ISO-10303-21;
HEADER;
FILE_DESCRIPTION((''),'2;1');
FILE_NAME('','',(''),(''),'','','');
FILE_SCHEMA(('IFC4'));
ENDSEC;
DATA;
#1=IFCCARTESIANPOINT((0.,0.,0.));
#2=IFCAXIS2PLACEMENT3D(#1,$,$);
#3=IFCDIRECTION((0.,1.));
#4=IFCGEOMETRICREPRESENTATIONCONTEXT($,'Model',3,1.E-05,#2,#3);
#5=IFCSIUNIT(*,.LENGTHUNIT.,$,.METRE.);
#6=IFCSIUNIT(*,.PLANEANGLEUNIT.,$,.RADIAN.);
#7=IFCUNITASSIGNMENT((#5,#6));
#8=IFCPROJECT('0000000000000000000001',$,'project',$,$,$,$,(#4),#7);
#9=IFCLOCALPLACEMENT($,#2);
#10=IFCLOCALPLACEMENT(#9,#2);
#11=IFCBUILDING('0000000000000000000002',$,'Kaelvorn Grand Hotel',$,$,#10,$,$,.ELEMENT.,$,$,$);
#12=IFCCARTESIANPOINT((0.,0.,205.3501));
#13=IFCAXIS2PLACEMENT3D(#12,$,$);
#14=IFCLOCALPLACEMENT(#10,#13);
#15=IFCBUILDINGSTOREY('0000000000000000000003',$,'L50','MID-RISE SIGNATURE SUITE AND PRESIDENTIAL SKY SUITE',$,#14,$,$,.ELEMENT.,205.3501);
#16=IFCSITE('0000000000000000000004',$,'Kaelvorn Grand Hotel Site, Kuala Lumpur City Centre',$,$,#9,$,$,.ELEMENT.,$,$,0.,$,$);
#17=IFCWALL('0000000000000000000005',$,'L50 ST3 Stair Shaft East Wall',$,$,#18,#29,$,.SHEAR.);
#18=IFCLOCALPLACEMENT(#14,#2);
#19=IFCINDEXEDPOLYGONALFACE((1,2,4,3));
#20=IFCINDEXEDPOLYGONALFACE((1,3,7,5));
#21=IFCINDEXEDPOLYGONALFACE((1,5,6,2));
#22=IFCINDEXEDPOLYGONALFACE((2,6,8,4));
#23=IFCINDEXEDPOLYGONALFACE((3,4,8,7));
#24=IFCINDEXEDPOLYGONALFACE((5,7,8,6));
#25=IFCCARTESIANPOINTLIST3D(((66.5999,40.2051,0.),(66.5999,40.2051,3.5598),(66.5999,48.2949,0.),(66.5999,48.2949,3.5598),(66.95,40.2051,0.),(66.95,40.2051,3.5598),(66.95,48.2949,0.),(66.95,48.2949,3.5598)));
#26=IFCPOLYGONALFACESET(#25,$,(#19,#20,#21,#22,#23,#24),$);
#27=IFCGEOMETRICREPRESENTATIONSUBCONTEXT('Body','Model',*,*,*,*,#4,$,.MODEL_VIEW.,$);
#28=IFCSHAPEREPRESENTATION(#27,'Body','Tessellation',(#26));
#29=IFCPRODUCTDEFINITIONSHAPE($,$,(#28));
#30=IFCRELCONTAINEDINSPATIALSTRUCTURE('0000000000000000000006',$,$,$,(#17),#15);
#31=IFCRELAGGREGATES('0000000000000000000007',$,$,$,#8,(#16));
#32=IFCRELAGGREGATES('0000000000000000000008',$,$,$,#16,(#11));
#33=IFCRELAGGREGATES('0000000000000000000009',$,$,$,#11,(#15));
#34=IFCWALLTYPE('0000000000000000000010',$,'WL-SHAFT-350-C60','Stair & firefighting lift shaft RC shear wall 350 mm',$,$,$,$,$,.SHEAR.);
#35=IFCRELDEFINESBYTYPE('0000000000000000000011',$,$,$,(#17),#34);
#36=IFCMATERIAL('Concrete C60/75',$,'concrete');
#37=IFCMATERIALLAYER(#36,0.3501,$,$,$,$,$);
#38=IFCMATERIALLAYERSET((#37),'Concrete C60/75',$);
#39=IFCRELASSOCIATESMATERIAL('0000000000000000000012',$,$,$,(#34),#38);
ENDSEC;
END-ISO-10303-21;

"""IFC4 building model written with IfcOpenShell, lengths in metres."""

from ifc_helpers import new_model, si_unit, direction, frame, frame_2d, origin, place, context, subcontext, project, spatial, rectangle, extrude, material, layer, layer_set, type_object, element, save


model = new_model("IFC4")

# Units and contexts
model_context = context("Model", 3, precision=1e-05, world=origin(), true_north=direction((0.0, 1.0)))
body_context = subcontext(model_context, "Body", "Model", "MODEL_VIEW")
ifc_project = project(units=[si_unit("LENGTHUNIT", "METRE"), si_unit("PLANEANGLEUNIT", "RADIAN")], contexts=[model_context])

# Site, building, storey
site_placement = place(None, origin())
site = spatial("IfcSite", under=ifc_project, at=site_placement, Name="Kaelvorn Grand Hotel Site, Kuala Lumpur City Centre", CompositionType="ELEMENT", RefElevation=0.0)
building_placement = place(site_placement, origin())
building = spatial("IfcBuilding", under=site, at=building_placement, Name="Kaelvorn Grand Hotel", CompositionType="ELEMENT")
storey_placement = place(building_placement, frame((0.0, 0.0, 205.3501)))
storey = spatial("IfcBuildingStorey", under=building, at=storey_placement, Name="L50", Description="MID-RISE SIGNATURE SUITE AND PRESIDENTIAL SKY SUITE", CompositionType="ELEMENT", Elevation=205.3501)

# Shared definitions
ifc_material_1 = material(Name="Concrete C60/75", Category="concrete")

# Wall
ifc_layer_1 = layer(ifc_material_1, 0.3501)
ifc_layer_set_1 = layer_set([ifc_layer_1], Name="Concrete C60/75")
wall_type_1 = type_object("IfcWallType", Name="WL-SHAFT-350-C60", Description="Stair & firefighting lift shaft RC shear wall 350 mm", PredefinedType="SHEAR", material=ifc_layer_set_1)
wall_1_placement = place(storey_placement, frame((66.7749, 40.2051, 0.0), z_axis=(0.0, 0.0, 1.0), x_axis=(0.0, 1.0, 0.0)))
element("IfcWall", 1, at=wall_1_placement, inside=storey, type_object=wall_type_1, Name="L50 ST3 Stair Shaft East Wall", PredefinedType="SHEAR", context=body_context, shape_type="SweptSolid", body=[
    extrude(rectangle(XDim=8.0898, YDim=0.3501, at=frame_2d((4.0449, 0.0))), origin(), (0.0, 0.0, 1.0), 3.5598),
])

save(model, "model.ifc")
